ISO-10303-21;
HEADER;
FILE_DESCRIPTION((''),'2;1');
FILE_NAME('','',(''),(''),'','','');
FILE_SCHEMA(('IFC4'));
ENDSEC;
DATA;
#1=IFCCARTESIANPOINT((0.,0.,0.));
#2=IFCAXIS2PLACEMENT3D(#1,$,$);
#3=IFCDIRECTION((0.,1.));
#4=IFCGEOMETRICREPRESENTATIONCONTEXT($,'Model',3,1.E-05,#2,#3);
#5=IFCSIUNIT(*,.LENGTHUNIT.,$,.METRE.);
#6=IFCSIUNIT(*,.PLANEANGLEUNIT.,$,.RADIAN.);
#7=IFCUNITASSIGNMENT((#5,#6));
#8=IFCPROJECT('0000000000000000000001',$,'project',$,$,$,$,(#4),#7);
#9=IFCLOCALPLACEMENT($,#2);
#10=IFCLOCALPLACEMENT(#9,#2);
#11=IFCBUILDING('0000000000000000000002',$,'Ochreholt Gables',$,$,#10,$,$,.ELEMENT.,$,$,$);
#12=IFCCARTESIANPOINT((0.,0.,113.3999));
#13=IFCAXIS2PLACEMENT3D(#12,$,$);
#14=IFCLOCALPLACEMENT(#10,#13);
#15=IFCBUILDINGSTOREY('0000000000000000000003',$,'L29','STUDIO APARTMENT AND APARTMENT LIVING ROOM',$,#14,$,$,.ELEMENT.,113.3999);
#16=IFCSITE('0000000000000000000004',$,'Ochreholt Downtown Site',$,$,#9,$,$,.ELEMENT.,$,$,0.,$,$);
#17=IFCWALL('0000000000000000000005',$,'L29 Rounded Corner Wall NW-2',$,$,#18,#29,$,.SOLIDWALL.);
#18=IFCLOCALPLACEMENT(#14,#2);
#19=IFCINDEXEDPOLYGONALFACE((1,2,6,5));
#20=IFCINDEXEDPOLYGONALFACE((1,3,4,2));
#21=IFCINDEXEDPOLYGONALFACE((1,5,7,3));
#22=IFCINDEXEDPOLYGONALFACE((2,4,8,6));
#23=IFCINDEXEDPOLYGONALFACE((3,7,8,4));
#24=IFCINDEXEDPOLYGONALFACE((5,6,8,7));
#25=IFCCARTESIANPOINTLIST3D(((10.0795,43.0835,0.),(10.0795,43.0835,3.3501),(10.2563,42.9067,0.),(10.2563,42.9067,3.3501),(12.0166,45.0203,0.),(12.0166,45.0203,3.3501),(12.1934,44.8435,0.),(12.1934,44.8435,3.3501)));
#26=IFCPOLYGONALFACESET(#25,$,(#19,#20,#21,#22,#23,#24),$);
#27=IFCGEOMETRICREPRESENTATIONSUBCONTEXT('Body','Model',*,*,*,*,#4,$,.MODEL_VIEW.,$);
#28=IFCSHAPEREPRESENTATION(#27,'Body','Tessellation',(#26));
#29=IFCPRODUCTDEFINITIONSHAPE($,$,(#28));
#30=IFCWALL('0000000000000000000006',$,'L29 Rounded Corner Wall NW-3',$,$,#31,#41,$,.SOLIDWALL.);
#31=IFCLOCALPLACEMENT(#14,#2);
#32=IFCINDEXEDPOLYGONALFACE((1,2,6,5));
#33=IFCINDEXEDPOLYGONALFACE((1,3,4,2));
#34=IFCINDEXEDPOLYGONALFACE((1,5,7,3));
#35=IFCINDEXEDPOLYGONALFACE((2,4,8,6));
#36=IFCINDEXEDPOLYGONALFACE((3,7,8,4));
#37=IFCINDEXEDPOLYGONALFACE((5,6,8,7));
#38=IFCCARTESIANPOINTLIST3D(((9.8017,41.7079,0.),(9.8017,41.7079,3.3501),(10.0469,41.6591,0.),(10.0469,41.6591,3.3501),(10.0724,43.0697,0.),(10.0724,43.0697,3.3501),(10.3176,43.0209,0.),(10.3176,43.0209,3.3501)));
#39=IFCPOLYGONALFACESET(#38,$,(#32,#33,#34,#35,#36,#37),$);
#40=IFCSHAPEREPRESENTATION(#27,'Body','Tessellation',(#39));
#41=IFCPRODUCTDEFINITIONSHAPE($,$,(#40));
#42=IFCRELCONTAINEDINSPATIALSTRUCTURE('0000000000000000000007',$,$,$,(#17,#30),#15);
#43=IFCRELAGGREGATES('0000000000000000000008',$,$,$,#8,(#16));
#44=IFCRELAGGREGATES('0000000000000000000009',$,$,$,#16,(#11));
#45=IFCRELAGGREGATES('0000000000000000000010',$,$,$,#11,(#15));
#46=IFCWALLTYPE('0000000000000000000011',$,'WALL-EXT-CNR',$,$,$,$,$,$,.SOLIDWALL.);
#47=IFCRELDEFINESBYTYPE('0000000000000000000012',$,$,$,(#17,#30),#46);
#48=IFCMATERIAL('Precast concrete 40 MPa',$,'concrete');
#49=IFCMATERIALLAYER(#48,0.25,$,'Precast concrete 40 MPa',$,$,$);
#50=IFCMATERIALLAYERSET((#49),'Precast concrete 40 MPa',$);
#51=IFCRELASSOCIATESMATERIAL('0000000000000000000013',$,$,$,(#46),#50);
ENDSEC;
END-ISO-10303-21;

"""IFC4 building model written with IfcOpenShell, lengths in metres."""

from ifc_helpers import new_model, si_unit, direction, frame, frame_2d, origin, place, context, subcontext, project, spatial, rectangle, extrude, material, layer, layer_set, type_object, element, save


model = new_model("IFC4")

# Units and contexts
model_context = context("Model", 3, precision=1e-05, world=origin(), true_north=direction((0.0, 1.0)))
body_context = subcontext(model_context, "Body", "Model", "MODEL_VIEW")
ifc_project = project(units=[si_unit("LENGTHUNIT", "METRE"), si_unit("PLANEANGLEUNIT", "RADIAN")], contexts=[model_context])

# Site, building, storey
site_placement = place(None, origin())
site = spatial("IfcSite", under=ifc_project, at=site_placement, Name="Ochreholt Downtown Site", CompositionType="ELEMENT", RefElevation=0.0)
building_placement = place(site_placement, origin())
building = spatial("IfcBuilding", under=site, at=building_placement, Name="Ochreholt Gables", CompositionType="ELEMENT")
storey_placement = place(building_placement, frame((0.0, 0.0, 113.3999)))
storey = spatial("IfcBuildingStorey", under=building, at=storey_placement, Name="L29", Description="STUDIO APARTMENT AND APARTMENT LIVING ROOM", CompositionType="ELEMENT", Elevation=113.3999)

# Shared definitions
ifc_material_1 = material(Name="Precast concrete 40 MPa", Category="concrete")

# Walls
ifc_layer_1 = layer(ifc_material_1, 0.25, Name="Precast concrete 40 MPa")
ifc_layer_set_1 = layer_set([ifc_layer_1], Name="Precast concrete 40 MPa")
wall_type_1 = type_object("IfcWallType", Name="WALL-EXT-CNR", PredefinedType="SOLIDWALL", material=ifc_layer_set_1)
wall_1_placement = place(storey_placement, frame((12.105, 44.9319, 0.0), z_axis=(0.0, 0.0, 1.0), x_axis=(-0.707151, -0.707062, 0.0)))
element("IfcWall", 1, at=wall_1_placement, inside=storey, type_object=wall_type_1, Name="L29 Rounded Corner Wall NW-2", PredefinedType="SOLIDWALL", context=body_context, shape_type="SweptSolid", body=[
    extrude(rectangle(XDim=2.7393, YDim=0.25, at=frame_2d((1.3696, 0.0))), origin(), (0.0, 0.0, 1.0), 3.3501),
])
wall_2_placement = place(storey_placement, frame((10.1951, 43.0454, 0.0), z_axis=(0.0, 0.0, 1.0), x_axis=(-0.195, -0.980803, 0.0)))
element("IfcWall", 2, at=wall_2_placement, inside=storey, type_object=wall_type_1, Name="L29 Rounded Corner Wall NW-3", PredefinedType="SOLIDWALL", context=body_context, shape_type="SweptSolid", body=[
    extrude(rectangle(XDim=1.3884, YDim=0.25, at=frame_2d((0.6943, 0.0))), origin(), (0.0, 0.0, 1.0), 3.3501),
])

save(model, "model.ifc")
